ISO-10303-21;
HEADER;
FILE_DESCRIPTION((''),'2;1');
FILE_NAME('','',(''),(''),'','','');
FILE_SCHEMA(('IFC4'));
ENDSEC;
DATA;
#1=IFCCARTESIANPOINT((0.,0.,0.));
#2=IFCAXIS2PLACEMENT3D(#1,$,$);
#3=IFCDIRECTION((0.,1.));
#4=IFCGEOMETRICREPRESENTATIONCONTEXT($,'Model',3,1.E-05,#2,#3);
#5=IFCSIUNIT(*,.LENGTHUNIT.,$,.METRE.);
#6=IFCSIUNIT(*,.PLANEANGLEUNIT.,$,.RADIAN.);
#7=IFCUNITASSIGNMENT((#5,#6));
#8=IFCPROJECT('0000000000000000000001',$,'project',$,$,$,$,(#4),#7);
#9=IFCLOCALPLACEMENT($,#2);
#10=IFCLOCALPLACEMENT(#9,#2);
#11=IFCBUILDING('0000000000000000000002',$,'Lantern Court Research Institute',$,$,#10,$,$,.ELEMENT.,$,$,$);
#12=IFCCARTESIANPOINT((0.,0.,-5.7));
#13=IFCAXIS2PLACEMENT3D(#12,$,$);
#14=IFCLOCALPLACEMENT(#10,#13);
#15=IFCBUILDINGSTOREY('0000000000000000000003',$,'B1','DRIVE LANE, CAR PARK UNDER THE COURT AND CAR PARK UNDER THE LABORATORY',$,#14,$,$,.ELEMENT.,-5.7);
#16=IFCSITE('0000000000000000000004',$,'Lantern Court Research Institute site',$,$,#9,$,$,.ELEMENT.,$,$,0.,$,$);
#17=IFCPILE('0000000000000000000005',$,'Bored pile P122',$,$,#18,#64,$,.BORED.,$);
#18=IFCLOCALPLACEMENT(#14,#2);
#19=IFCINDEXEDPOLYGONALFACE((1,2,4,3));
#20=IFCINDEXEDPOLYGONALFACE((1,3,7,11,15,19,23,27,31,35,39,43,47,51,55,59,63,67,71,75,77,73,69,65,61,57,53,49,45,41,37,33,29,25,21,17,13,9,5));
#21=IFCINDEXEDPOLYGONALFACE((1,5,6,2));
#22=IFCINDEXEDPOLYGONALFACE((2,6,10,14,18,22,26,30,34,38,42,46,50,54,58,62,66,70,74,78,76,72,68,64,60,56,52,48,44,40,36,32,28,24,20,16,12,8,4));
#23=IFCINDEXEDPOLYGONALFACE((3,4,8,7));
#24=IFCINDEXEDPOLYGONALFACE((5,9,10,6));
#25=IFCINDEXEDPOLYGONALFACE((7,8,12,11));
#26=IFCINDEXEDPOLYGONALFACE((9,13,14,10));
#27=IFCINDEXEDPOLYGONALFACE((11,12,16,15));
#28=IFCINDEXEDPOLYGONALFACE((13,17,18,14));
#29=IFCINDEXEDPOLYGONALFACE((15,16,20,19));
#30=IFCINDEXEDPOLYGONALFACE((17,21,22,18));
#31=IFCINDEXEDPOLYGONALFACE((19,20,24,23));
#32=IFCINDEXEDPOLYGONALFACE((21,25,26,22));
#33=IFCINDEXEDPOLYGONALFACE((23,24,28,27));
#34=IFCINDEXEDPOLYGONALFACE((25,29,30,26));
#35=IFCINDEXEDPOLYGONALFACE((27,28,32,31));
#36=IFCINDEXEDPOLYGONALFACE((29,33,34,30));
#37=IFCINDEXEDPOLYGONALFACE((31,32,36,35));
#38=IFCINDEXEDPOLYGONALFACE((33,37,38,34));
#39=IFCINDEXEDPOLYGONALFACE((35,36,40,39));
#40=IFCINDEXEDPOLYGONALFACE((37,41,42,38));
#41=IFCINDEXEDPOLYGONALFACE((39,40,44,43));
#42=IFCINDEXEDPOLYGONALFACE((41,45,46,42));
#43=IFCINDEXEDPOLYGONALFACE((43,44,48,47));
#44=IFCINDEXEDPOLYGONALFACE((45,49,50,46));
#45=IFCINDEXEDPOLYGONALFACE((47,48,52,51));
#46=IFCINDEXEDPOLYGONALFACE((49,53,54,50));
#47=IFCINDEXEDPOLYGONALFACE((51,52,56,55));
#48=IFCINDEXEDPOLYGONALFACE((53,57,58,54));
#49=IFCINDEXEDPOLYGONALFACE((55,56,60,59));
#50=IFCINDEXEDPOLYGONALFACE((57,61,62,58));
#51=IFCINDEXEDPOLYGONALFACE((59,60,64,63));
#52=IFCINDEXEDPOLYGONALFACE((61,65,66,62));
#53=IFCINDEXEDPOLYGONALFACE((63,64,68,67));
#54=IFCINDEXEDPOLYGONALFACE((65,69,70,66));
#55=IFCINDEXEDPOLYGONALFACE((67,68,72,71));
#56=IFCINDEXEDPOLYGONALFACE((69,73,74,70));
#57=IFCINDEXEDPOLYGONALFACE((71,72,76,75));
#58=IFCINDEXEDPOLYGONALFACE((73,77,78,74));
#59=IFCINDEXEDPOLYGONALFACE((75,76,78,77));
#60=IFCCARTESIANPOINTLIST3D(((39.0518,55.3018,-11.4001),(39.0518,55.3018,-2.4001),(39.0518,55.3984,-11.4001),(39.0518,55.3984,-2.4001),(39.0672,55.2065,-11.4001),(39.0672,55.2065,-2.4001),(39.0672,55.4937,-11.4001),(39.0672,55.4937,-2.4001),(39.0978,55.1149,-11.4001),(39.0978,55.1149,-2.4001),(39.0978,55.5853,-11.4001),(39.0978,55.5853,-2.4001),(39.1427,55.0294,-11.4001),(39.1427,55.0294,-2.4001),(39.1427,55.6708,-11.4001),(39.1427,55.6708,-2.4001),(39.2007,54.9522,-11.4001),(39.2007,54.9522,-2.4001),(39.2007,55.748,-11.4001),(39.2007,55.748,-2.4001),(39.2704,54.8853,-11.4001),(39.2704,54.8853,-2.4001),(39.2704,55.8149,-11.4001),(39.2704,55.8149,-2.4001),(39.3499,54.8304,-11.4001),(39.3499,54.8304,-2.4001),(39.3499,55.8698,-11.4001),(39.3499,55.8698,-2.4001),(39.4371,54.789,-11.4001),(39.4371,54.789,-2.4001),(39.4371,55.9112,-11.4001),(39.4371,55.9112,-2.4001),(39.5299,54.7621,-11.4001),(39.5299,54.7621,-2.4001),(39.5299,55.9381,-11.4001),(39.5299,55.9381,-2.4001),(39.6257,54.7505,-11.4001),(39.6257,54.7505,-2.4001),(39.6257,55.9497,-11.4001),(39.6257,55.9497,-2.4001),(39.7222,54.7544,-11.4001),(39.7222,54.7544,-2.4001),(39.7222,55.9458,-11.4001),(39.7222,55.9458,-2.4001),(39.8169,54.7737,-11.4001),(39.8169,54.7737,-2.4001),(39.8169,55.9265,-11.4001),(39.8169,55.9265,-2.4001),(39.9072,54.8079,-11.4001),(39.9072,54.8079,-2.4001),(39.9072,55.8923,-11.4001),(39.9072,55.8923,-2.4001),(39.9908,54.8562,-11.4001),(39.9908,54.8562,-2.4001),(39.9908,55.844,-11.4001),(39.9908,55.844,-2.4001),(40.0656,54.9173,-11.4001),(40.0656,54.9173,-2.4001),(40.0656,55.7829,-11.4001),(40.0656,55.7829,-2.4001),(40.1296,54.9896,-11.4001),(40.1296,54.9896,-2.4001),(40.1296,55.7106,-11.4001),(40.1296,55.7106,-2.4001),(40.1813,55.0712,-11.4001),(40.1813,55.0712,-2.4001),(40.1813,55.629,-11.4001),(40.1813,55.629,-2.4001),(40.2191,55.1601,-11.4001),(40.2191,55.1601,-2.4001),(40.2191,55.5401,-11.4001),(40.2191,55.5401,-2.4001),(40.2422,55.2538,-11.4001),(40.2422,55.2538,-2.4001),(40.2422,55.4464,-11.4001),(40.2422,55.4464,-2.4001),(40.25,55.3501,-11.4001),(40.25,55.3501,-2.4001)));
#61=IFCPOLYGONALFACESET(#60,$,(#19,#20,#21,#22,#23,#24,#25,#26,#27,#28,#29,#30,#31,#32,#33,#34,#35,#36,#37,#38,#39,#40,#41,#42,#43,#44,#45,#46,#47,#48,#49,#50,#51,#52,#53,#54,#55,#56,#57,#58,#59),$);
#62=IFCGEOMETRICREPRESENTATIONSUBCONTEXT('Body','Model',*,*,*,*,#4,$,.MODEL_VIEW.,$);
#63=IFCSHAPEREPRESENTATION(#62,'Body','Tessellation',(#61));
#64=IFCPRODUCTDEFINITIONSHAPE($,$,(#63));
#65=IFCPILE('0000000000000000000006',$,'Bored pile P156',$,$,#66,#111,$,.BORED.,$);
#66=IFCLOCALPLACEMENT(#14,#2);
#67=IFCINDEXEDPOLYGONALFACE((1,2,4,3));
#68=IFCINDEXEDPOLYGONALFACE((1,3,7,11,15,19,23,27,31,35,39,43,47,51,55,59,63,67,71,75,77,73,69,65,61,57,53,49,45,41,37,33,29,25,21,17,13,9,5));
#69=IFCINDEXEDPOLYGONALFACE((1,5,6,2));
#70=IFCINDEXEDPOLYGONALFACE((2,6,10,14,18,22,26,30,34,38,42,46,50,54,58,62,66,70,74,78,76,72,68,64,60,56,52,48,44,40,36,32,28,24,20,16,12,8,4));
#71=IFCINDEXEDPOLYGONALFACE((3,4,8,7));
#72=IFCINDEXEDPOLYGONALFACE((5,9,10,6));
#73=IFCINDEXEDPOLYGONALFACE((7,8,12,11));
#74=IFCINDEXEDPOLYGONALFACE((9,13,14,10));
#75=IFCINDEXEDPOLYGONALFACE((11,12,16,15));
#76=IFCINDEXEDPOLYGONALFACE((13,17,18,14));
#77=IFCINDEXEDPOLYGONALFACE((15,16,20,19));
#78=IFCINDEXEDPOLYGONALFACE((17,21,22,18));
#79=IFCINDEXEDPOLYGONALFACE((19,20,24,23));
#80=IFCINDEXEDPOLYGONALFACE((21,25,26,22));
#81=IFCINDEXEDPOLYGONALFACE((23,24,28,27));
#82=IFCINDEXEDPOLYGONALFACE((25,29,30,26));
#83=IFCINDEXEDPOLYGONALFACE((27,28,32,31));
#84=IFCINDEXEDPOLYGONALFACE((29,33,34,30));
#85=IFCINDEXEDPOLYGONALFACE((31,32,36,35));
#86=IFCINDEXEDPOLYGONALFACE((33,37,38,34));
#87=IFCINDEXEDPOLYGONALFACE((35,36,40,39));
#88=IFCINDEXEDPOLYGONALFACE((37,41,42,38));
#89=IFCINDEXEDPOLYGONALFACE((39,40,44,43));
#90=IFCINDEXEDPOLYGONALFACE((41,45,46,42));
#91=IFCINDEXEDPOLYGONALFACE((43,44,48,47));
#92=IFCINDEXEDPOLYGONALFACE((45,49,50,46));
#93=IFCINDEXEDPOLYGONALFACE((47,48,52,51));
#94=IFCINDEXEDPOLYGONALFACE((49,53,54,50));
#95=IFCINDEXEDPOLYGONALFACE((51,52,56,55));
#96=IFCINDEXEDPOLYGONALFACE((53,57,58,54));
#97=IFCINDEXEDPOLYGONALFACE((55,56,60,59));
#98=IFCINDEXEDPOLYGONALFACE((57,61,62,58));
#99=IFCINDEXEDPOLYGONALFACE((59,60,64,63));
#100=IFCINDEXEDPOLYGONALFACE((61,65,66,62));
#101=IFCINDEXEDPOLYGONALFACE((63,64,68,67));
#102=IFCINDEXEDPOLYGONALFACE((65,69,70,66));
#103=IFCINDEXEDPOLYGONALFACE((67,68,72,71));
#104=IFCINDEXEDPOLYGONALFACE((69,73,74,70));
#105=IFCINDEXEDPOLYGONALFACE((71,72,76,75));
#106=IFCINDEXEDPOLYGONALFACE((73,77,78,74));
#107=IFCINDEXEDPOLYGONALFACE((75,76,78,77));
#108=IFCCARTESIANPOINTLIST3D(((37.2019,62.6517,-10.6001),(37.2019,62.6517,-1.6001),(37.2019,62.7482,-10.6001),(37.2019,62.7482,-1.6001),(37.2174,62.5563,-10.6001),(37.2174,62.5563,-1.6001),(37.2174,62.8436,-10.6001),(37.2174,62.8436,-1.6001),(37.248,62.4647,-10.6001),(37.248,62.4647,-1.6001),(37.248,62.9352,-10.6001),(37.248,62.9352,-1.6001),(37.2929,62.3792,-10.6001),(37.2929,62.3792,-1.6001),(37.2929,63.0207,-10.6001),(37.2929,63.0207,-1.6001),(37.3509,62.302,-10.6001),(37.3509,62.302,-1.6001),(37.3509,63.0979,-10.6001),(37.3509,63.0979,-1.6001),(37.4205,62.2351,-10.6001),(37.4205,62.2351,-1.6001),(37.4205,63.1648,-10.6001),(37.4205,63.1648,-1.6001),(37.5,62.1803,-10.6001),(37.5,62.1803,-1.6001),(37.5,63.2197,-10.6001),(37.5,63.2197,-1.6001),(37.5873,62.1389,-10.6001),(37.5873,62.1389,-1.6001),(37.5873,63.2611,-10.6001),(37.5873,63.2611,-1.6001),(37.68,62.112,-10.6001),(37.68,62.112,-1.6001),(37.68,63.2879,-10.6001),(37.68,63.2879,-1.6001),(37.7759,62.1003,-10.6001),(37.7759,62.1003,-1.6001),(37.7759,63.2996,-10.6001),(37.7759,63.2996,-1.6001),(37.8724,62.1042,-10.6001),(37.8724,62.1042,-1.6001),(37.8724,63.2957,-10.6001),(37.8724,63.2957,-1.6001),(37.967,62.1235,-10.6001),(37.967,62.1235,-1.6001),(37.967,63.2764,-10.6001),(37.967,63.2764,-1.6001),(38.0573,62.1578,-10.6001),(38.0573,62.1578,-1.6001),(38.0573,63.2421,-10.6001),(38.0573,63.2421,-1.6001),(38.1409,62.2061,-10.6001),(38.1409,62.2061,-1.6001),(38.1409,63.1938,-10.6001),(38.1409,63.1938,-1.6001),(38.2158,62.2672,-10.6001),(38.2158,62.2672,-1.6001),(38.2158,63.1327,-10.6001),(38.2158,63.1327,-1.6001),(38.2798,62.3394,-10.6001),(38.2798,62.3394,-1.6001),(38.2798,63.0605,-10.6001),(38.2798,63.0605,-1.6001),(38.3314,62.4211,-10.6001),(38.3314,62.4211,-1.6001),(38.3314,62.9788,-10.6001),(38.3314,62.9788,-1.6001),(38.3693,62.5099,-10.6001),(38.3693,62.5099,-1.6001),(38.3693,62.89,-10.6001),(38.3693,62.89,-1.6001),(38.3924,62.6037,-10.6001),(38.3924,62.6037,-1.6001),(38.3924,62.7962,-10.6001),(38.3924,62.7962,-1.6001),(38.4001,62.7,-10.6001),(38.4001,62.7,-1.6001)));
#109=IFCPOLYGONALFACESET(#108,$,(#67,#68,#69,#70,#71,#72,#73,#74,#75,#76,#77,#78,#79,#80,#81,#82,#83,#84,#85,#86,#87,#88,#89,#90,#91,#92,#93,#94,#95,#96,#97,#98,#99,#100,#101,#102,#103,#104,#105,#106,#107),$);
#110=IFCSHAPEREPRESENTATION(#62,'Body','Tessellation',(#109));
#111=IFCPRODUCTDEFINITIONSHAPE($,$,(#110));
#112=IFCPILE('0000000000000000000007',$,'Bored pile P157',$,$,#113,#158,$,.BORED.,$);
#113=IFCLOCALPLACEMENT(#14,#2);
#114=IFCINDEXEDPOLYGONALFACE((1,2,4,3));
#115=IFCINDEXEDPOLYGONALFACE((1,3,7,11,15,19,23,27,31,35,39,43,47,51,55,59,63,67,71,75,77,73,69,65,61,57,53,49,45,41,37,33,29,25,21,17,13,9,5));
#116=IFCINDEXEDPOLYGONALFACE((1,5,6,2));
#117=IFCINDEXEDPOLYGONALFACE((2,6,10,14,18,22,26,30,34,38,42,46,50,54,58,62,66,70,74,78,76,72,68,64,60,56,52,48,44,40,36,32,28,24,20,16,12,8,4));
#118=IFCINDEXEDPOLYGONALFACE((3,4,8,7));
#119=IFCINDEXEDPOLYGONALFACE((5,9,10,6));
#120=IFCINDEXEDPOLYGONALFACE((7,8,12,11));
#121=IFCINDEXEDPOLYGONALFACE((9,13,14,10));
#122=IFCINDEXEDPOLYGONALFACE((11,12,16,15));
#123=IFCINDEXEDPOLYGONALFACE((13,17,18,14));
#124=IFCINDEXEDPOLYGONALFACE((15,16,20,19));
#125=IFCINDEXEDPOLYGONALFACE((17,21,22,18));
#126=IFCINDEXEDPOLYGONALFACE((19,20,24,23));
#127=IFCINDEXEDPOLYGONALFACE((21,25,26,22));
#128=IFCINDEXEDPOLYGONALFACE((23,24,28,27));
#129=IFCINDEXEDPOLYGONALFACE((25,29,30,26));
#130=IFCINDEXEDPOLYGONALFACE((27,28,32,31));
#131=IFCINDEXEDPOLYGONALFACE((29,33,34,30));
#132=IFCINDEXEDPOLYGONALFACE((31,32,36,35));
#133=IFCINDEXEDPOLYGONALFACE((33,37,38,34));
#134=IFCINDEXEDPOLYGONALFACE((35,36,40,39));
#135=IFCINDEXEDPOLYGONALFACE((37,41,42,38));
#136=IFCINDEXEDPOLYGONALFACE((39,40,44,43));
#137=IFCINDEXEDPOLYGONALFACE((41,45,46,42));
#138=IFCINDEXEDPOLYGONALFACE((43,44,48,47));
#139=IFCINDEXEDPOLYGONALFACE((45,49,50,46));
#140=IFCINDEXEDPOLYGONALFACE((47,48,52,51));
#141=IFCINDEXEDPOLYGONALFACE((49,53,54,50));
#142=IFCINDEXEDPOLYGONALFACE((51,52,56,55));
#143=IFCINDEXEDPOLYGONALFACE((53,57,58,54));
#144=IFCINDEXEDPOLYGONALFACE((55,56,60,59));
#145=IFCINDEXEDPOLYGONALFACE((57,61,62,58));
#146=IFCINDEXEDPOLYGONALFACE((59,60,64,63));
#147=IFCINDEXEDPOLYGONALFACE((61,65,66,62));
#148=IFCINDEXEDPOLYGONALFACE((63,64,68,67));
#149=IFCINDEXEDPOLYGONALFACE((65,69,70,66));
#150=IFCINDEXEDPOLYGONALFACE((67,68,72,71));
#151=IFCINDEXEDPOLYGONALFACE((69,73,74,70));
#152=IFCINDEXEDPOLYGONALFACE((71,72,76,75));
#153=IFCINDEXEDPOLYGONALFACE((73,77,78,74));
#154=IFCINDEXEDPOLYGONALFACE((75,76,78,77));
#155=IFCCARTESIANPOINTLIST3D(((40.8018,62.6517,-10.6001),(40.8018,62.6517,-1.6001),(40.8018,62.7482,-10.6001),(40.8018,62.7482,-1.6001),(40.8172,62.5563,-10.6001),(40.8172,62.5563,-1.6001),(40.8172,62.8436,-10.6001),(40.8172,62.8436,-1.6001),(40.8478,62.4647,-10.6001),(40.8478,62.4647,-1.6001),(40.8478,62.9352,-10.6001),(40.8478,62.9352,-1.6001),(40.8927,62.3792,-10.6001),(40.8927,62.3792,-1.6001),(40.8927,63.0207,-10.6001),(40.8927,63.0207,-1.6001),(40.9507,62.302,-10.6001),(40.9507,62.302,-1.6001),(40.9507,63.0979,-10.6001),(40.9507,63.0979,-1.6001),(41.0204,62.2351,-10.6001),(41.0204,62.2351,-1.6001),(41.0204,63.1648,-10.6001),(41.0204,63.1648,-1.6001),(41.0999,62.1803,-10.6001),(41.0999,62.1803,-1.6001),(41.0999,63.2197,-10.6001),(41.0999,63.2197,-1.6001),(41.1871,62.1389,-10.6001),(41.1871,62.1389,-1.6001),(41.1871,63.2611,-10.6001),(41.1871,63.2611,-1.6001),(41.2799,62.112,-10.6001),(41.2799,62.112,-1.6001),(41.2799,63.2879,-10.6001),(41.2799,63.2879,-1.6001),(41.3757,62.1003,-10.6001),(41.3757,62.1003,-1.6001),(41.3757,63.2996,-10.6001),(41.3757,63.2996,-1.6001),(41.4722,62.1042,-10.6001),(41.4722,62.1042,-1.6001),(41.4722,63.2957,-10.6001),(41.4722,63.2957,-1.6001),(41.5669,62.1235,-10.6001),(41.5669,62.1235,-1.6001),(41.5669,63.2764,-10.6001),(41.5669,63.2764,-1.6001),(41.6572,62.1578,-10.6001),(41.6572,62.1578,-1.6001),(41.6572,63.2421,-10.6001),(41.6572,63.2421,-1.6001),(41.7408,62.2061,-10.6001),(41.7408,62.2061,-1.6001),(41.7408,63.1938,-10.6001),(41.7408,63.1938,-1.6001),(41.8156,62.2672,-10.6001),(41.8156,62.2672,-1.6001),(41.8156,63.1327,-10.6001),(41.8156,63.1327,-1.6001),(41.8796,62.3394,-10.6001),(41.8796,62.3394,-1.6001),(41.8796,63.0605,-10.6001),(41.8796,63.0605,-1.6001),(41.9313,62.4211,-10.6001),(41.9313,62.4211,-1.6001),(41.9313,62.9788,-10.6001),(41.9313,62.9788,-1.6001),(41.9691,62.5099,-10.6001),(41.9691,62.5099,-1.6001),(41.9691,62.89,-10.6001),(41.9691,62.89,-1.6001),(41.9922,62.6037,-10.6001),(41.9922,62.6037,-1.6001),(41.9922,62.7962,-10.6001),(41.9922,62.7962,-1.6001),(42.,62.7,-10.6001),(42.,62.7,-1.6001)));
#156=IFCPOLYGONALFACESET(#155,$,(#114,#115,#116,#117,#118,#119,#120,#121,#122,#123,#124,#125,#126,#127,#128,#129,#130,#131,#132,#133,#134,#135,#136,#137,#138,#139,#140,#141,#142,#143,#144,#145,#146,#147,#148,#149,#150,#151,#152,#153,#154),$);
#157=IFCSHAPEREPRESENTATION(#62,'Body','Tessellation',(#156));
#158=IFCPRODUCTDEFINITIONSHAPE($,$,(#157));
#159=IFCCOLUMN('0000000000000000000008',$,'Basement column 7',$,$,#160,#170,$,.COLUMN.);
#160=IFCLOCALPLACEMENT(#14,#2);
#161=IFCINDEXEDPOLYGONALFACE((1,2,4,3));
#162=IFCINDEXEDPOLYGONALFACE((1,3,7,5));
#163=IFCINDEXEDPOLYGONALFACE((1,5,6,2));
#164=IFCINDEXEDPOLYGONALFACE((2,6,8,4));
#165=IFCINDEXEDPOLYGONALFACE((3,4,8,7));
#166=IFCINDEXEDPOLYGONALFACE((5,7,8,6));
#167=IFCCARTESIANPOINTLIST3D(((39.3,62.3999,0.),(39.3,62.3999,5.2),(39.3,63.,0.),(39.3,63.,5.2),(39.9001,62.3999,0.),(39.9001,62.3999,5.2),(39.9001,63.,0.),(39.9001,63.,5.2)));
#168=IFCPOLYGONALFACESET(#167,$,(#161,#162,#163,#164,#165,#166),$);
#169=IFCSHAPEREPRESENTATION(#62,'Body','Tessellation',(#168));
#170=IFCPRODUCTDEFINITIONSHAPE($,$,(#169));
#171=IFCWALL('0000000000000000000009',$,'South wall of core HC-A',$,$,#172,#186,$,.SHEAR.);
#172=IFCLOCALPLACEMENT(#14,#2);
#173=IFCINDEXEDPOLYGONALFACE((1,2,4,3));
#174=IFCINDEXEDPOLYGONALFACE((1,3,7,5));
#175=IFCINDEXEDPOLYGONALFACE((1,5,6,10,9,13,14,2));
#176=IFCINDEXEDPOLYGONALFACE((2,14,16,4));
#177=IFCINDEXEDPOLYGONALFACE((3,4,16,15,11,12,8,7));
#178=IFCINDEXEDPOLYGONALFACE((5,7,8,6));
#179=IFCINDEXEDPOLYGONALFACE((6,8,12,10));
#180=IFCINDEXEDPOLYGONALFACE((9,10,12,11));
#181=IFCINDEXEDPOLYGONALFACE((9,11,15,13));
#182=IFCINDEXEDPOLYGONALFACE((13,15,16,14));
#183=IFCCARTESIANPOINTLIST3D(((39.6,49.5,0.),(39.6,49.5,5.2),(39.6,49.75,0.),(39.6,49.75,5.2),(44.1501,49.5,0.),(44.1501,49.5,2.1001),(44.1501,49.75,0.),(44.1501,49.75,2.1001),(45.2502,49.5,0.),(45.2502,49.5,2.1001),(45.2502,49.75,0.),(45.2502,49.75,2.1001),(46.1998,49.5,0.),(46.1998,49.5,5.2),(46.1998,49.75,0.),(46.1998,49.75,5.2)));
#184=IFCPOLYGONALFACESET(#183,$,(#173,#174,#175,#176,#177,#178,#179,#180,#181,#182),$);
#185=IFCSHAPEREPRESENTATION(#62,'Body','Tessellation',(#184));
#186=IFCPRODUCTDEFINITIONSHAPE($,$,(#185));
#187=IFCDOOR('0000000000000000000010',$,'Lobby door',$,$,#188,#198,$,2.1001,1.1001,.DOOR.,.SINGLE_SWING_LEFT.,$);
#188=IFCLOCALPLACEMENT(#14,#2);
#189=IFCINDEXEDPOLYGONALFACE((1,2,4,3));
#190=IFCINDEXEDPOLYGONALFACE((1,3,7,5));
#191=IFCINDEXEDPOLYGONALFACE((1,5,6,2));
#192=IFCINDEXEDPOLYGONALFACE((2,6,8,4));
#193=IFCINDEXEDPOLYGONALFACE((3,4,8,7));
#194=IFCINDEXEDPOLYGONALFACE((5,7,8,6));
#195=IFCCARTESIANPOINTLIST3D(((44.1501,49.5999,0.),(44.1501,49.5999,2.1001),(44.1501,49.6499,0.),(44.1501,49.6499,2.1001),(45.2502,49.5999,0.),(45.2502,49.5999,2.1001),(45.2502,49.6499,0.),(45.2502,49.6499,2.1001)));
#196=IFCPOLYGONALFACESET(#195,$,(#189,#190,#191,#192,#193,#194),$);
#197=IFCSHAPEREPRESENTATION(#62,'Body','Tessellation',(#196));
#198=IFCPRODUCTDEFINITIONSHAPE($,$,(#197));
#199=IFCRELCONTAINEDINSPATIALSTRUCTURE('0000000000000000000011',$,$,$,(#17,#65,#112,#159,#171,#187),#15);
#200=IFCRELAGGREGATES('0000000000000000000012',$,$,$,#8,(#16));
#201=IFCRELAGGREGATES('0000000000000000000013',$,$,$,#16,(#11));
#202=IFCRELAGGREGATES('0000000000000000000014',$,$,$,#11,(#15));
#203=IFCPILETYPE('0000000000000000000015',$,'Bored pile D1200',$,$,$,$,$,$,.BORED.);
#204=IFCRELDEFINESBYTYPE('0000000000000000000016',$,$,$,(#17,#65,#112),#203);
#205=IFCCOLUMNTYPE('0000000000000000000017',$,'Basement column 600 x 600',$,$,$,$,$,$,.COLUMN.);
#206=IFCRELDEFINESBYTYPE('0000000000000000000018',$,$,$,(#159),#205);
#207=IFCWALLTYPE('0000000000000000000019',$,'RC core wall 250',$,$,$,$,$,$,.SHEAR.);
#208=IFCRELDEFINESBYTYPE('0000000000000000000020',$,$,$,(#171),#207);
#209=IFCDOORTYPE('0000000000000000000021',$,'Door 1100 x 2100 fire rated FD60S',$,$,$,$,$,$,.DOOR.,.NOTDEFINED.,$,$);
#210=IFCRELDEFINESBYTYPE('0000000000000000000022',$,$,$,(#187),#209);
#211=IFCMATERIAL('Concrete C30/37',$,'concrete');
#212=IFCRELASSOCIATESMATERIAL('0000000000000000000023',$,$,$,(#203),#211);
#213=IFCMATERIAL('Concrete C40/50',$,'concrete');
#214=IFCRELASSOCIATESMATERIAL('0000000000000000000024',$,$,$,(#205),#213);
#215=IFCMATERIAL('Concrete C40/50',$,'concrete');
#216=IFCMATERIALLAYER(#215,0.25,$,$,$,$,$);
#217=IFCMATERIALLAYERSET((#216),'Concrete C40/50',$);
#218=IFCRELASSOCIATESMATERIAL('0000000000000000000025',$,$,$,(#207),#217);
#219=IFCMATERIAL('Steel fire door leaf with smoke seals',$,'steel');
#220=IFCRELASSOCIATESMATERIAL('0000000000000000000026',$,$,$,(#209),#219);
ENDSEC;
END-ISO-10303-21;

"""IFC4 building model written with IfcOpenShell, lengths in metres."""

from ifc_helpers import new_model, si_unit, direction, frame, frame_2d, origin, origin_2d, place, context, subcontext, project, spatial, rectangle, circle, extrude, material, layer, layer_set, material_profile, profile_set, type_object, element, fill, save


model = new_model("IFC4")

# Units and contexts
model_context = context("Model", 3, precision=1e-05, world=origin(), true_north=direction((0.0, 1.0)))
body_context = subcontext(model_context, "Body", "Model", "MODEL_VIEW")
ifc_project = project(units=[si_unit("LENGTHUNIT", "METRE"), si_unit("PLANEANGLEUNIT", "RADIAN")], contexts=[model_context])

# Site, building, storey
site_placement = place(None, origin())
site = spatial("IfcSite", under=ifc_project, at=site_placement, Name="Lantern Court Research Institute site", CompositionType="ELEMENT", RefElevation=0.0)
building_placement = place(site_placement, origin())
building = spatial("IfcBuilding", under=site, at=building_placement, Name="Lantern Court Research Institute", CompositionType="ELEMENT")
storey_placement = place(building_placement, frame((0.0, 0.0, -5.7)))
storey = spatial("IfcBuildingStorey", under=building, at=storey_placement, Name="B1", Description="DRIVE LANE, CAR PARK UNDER THE COURT AND CAR PARK UNDER THE LABORATORY", CompositionType="ELEMENT", Elevation=-5.7)

# Piles
ifc_material_1 = material(Name="Concrete C30/37", Category="concrete")
ifc_material_profile_1 = material_profile(ifc_material_1, circle(Radius=0.6001, at=origin_2d()), Name="Bored pile D1200")
ifc_profile_set_1 = profile_set([ifc_material_profile_1], Name="Concrete C30/37")
pile_type = type_object("IfcPileType", Name="Bored pile D1200", PredefinedType="BORED", material=ifc_profile_set_1)
for number, where, z_axis, x_axis, name in (
    (1, (39.6499, 55.3501, -2.4001), (0.0, 0.0, -1.0), (1.0, 0.0, 0.0), "Bored pile P122"),
    (2, (37.8, 62.7, -1.6001), (0.0, 0.0, -1.0), (1.0, 0.0, 0.0), "Bored pile P156"),
    (3, (41.3999, 62.7, -1.6001), (0.0, 0.0, -1.0), (1.0, 0.0, 0.0), "Bored pile P157"),
):
    element("IfcPile", number, at=place(storey_placement, frame(where, z_axis=z_axis, x_axis=x_axis)), inside=storey, type_object=pile_type, Name=name, PredefinedType="BORED", context=body_context, shape_type="SweptSolid", body=[
        extrude(circle(Radius=0.6001, at=origin_2d()), origin(), (0.0, 0.0, 1.0), 9.0),
    ])

# Column
ifc_material_2 = material(Name="Concrete C40/50", Category="concrete")
ifc_material_profile_2 = material_profile(ifc_material_2, rectangle(XDim=0.6001, YDim=0.6001, at=origin_2d()), Name="Basement column 600 x 600")
ifc_profile_set_2 = profile_set([ifc_material_profile_2], Name="Concrete C40/50")
column_type = type_object("IfcColumnType", Name="Basement column 600 x 600", PredefinedType="COLUMN", material=ifc_profile_set_2)
column_placement = place(storey_placement, frame((39.6001, 62.7, 0.0), z_axis=(0.0, 0.0, 1.0), x_axis=(1.0, 0.0, 0.0)))
element("IfcColumn", 4, at=column_placement, inside=storey, type_object=column_type, Name="Basement column 7", PredefinedType="COLUMN", context=body_context, shape_type="SweptSolid", body=[
    extrude(rectangle(XDim=0.6001, YDim=0.6001, at=origin_2d()), origin(), (0.0, 0.0, 1.0), 5.2),
])

# Wall, opening, door
ifc_material_3 = material(Name="Concrete C40/50", Category="concrete")
ifc_layer_1 = layer(ifc_material_3, 0.25)
ifc_layer_set_1 = layer_set([ifc_layer_1], Name="Concrete C40/50")
wall_type_1 = type_object("IfcWallType", Name="RC core wall 250", PredefinedType="SHEAR", material=ifc_layer_set_1)
wall_1_placement = place(storey_placement, frame((39.6001, 49.625, 0.0), z_axis=(0.0, 0.0, 1.0), x_axis=(1.0, 0.0, 0.0)))
wall_1 = element("IfcWall", 5, at=wall_1_placement, inside=storey, type_object=wall_type_1, Name="South wall of core HC-A", PredefinedType="SHEAR", context=body_context, shape_type="SweptSolid", body=[
    extrude(rectangle(XDim=6.5999, YDim=0.25, at=frame_2d((3.2998, 0.0))), origin(), (0.0, 0.0, 1.0), 5.2),
])
opening_1_placement = place(wall_1_placement, frame((4.55, 0.0, 0.0)))
opening_1 = element("IfcOpeningElement", 6, at=opening_1_placement, cuts=wall_1, PredefinedType="OPENING", context=body_context, shape_type="SweptSolid", body=[
    extrude(rectangle(XDim=1.1001, YDim=2.1001, at=frame_2d((0.55, 1.05))), frame((0.0, 0.135, 0.0), z_axis=(0.0, -1.0, 0.0), x_axis=(1.0, 0.0, 0.0)), (0.0, 0.0, 1.0), 0.27),
])
ifc_material_4 = material(Name="Steel fire door leaf with smoke seals", Category="steel")
door_type_1 = type_object("IfcDoorType", Name="Door 1100 x 2100 fire rated FD60S", OperationType="NOTDEFINED", PredefinedType="DOOR", material=ifc_material_4)
door_1_placement = place(opening_1_placement, origin())
door_1 = element("IfcDoor", 7, at=door_1_placement, inside=storey, type_object=door_type_1, Name="Lobby door", OperationType="SINGLE_SWING_LEFT", OverallHeight=2.1001, OverallWidth=1.1001, PredefinedType="DOOR", context=body_context, shape_type="SweptSolid", body=[
    extrude(rectangle(XDim=1.1001, YDim=2.1001, at=frame_2d((0.55, 1.05))), frame((0.0, 0.0249, 0.0), z_axis=(0.0, -1.0, 0.0), x_axis=(1.0, 0.0, 0.0)), (0.0, 0.0, 1.0), 0.05),
])
fill(opening_1, door_1)

save(model, "model.ifc")
